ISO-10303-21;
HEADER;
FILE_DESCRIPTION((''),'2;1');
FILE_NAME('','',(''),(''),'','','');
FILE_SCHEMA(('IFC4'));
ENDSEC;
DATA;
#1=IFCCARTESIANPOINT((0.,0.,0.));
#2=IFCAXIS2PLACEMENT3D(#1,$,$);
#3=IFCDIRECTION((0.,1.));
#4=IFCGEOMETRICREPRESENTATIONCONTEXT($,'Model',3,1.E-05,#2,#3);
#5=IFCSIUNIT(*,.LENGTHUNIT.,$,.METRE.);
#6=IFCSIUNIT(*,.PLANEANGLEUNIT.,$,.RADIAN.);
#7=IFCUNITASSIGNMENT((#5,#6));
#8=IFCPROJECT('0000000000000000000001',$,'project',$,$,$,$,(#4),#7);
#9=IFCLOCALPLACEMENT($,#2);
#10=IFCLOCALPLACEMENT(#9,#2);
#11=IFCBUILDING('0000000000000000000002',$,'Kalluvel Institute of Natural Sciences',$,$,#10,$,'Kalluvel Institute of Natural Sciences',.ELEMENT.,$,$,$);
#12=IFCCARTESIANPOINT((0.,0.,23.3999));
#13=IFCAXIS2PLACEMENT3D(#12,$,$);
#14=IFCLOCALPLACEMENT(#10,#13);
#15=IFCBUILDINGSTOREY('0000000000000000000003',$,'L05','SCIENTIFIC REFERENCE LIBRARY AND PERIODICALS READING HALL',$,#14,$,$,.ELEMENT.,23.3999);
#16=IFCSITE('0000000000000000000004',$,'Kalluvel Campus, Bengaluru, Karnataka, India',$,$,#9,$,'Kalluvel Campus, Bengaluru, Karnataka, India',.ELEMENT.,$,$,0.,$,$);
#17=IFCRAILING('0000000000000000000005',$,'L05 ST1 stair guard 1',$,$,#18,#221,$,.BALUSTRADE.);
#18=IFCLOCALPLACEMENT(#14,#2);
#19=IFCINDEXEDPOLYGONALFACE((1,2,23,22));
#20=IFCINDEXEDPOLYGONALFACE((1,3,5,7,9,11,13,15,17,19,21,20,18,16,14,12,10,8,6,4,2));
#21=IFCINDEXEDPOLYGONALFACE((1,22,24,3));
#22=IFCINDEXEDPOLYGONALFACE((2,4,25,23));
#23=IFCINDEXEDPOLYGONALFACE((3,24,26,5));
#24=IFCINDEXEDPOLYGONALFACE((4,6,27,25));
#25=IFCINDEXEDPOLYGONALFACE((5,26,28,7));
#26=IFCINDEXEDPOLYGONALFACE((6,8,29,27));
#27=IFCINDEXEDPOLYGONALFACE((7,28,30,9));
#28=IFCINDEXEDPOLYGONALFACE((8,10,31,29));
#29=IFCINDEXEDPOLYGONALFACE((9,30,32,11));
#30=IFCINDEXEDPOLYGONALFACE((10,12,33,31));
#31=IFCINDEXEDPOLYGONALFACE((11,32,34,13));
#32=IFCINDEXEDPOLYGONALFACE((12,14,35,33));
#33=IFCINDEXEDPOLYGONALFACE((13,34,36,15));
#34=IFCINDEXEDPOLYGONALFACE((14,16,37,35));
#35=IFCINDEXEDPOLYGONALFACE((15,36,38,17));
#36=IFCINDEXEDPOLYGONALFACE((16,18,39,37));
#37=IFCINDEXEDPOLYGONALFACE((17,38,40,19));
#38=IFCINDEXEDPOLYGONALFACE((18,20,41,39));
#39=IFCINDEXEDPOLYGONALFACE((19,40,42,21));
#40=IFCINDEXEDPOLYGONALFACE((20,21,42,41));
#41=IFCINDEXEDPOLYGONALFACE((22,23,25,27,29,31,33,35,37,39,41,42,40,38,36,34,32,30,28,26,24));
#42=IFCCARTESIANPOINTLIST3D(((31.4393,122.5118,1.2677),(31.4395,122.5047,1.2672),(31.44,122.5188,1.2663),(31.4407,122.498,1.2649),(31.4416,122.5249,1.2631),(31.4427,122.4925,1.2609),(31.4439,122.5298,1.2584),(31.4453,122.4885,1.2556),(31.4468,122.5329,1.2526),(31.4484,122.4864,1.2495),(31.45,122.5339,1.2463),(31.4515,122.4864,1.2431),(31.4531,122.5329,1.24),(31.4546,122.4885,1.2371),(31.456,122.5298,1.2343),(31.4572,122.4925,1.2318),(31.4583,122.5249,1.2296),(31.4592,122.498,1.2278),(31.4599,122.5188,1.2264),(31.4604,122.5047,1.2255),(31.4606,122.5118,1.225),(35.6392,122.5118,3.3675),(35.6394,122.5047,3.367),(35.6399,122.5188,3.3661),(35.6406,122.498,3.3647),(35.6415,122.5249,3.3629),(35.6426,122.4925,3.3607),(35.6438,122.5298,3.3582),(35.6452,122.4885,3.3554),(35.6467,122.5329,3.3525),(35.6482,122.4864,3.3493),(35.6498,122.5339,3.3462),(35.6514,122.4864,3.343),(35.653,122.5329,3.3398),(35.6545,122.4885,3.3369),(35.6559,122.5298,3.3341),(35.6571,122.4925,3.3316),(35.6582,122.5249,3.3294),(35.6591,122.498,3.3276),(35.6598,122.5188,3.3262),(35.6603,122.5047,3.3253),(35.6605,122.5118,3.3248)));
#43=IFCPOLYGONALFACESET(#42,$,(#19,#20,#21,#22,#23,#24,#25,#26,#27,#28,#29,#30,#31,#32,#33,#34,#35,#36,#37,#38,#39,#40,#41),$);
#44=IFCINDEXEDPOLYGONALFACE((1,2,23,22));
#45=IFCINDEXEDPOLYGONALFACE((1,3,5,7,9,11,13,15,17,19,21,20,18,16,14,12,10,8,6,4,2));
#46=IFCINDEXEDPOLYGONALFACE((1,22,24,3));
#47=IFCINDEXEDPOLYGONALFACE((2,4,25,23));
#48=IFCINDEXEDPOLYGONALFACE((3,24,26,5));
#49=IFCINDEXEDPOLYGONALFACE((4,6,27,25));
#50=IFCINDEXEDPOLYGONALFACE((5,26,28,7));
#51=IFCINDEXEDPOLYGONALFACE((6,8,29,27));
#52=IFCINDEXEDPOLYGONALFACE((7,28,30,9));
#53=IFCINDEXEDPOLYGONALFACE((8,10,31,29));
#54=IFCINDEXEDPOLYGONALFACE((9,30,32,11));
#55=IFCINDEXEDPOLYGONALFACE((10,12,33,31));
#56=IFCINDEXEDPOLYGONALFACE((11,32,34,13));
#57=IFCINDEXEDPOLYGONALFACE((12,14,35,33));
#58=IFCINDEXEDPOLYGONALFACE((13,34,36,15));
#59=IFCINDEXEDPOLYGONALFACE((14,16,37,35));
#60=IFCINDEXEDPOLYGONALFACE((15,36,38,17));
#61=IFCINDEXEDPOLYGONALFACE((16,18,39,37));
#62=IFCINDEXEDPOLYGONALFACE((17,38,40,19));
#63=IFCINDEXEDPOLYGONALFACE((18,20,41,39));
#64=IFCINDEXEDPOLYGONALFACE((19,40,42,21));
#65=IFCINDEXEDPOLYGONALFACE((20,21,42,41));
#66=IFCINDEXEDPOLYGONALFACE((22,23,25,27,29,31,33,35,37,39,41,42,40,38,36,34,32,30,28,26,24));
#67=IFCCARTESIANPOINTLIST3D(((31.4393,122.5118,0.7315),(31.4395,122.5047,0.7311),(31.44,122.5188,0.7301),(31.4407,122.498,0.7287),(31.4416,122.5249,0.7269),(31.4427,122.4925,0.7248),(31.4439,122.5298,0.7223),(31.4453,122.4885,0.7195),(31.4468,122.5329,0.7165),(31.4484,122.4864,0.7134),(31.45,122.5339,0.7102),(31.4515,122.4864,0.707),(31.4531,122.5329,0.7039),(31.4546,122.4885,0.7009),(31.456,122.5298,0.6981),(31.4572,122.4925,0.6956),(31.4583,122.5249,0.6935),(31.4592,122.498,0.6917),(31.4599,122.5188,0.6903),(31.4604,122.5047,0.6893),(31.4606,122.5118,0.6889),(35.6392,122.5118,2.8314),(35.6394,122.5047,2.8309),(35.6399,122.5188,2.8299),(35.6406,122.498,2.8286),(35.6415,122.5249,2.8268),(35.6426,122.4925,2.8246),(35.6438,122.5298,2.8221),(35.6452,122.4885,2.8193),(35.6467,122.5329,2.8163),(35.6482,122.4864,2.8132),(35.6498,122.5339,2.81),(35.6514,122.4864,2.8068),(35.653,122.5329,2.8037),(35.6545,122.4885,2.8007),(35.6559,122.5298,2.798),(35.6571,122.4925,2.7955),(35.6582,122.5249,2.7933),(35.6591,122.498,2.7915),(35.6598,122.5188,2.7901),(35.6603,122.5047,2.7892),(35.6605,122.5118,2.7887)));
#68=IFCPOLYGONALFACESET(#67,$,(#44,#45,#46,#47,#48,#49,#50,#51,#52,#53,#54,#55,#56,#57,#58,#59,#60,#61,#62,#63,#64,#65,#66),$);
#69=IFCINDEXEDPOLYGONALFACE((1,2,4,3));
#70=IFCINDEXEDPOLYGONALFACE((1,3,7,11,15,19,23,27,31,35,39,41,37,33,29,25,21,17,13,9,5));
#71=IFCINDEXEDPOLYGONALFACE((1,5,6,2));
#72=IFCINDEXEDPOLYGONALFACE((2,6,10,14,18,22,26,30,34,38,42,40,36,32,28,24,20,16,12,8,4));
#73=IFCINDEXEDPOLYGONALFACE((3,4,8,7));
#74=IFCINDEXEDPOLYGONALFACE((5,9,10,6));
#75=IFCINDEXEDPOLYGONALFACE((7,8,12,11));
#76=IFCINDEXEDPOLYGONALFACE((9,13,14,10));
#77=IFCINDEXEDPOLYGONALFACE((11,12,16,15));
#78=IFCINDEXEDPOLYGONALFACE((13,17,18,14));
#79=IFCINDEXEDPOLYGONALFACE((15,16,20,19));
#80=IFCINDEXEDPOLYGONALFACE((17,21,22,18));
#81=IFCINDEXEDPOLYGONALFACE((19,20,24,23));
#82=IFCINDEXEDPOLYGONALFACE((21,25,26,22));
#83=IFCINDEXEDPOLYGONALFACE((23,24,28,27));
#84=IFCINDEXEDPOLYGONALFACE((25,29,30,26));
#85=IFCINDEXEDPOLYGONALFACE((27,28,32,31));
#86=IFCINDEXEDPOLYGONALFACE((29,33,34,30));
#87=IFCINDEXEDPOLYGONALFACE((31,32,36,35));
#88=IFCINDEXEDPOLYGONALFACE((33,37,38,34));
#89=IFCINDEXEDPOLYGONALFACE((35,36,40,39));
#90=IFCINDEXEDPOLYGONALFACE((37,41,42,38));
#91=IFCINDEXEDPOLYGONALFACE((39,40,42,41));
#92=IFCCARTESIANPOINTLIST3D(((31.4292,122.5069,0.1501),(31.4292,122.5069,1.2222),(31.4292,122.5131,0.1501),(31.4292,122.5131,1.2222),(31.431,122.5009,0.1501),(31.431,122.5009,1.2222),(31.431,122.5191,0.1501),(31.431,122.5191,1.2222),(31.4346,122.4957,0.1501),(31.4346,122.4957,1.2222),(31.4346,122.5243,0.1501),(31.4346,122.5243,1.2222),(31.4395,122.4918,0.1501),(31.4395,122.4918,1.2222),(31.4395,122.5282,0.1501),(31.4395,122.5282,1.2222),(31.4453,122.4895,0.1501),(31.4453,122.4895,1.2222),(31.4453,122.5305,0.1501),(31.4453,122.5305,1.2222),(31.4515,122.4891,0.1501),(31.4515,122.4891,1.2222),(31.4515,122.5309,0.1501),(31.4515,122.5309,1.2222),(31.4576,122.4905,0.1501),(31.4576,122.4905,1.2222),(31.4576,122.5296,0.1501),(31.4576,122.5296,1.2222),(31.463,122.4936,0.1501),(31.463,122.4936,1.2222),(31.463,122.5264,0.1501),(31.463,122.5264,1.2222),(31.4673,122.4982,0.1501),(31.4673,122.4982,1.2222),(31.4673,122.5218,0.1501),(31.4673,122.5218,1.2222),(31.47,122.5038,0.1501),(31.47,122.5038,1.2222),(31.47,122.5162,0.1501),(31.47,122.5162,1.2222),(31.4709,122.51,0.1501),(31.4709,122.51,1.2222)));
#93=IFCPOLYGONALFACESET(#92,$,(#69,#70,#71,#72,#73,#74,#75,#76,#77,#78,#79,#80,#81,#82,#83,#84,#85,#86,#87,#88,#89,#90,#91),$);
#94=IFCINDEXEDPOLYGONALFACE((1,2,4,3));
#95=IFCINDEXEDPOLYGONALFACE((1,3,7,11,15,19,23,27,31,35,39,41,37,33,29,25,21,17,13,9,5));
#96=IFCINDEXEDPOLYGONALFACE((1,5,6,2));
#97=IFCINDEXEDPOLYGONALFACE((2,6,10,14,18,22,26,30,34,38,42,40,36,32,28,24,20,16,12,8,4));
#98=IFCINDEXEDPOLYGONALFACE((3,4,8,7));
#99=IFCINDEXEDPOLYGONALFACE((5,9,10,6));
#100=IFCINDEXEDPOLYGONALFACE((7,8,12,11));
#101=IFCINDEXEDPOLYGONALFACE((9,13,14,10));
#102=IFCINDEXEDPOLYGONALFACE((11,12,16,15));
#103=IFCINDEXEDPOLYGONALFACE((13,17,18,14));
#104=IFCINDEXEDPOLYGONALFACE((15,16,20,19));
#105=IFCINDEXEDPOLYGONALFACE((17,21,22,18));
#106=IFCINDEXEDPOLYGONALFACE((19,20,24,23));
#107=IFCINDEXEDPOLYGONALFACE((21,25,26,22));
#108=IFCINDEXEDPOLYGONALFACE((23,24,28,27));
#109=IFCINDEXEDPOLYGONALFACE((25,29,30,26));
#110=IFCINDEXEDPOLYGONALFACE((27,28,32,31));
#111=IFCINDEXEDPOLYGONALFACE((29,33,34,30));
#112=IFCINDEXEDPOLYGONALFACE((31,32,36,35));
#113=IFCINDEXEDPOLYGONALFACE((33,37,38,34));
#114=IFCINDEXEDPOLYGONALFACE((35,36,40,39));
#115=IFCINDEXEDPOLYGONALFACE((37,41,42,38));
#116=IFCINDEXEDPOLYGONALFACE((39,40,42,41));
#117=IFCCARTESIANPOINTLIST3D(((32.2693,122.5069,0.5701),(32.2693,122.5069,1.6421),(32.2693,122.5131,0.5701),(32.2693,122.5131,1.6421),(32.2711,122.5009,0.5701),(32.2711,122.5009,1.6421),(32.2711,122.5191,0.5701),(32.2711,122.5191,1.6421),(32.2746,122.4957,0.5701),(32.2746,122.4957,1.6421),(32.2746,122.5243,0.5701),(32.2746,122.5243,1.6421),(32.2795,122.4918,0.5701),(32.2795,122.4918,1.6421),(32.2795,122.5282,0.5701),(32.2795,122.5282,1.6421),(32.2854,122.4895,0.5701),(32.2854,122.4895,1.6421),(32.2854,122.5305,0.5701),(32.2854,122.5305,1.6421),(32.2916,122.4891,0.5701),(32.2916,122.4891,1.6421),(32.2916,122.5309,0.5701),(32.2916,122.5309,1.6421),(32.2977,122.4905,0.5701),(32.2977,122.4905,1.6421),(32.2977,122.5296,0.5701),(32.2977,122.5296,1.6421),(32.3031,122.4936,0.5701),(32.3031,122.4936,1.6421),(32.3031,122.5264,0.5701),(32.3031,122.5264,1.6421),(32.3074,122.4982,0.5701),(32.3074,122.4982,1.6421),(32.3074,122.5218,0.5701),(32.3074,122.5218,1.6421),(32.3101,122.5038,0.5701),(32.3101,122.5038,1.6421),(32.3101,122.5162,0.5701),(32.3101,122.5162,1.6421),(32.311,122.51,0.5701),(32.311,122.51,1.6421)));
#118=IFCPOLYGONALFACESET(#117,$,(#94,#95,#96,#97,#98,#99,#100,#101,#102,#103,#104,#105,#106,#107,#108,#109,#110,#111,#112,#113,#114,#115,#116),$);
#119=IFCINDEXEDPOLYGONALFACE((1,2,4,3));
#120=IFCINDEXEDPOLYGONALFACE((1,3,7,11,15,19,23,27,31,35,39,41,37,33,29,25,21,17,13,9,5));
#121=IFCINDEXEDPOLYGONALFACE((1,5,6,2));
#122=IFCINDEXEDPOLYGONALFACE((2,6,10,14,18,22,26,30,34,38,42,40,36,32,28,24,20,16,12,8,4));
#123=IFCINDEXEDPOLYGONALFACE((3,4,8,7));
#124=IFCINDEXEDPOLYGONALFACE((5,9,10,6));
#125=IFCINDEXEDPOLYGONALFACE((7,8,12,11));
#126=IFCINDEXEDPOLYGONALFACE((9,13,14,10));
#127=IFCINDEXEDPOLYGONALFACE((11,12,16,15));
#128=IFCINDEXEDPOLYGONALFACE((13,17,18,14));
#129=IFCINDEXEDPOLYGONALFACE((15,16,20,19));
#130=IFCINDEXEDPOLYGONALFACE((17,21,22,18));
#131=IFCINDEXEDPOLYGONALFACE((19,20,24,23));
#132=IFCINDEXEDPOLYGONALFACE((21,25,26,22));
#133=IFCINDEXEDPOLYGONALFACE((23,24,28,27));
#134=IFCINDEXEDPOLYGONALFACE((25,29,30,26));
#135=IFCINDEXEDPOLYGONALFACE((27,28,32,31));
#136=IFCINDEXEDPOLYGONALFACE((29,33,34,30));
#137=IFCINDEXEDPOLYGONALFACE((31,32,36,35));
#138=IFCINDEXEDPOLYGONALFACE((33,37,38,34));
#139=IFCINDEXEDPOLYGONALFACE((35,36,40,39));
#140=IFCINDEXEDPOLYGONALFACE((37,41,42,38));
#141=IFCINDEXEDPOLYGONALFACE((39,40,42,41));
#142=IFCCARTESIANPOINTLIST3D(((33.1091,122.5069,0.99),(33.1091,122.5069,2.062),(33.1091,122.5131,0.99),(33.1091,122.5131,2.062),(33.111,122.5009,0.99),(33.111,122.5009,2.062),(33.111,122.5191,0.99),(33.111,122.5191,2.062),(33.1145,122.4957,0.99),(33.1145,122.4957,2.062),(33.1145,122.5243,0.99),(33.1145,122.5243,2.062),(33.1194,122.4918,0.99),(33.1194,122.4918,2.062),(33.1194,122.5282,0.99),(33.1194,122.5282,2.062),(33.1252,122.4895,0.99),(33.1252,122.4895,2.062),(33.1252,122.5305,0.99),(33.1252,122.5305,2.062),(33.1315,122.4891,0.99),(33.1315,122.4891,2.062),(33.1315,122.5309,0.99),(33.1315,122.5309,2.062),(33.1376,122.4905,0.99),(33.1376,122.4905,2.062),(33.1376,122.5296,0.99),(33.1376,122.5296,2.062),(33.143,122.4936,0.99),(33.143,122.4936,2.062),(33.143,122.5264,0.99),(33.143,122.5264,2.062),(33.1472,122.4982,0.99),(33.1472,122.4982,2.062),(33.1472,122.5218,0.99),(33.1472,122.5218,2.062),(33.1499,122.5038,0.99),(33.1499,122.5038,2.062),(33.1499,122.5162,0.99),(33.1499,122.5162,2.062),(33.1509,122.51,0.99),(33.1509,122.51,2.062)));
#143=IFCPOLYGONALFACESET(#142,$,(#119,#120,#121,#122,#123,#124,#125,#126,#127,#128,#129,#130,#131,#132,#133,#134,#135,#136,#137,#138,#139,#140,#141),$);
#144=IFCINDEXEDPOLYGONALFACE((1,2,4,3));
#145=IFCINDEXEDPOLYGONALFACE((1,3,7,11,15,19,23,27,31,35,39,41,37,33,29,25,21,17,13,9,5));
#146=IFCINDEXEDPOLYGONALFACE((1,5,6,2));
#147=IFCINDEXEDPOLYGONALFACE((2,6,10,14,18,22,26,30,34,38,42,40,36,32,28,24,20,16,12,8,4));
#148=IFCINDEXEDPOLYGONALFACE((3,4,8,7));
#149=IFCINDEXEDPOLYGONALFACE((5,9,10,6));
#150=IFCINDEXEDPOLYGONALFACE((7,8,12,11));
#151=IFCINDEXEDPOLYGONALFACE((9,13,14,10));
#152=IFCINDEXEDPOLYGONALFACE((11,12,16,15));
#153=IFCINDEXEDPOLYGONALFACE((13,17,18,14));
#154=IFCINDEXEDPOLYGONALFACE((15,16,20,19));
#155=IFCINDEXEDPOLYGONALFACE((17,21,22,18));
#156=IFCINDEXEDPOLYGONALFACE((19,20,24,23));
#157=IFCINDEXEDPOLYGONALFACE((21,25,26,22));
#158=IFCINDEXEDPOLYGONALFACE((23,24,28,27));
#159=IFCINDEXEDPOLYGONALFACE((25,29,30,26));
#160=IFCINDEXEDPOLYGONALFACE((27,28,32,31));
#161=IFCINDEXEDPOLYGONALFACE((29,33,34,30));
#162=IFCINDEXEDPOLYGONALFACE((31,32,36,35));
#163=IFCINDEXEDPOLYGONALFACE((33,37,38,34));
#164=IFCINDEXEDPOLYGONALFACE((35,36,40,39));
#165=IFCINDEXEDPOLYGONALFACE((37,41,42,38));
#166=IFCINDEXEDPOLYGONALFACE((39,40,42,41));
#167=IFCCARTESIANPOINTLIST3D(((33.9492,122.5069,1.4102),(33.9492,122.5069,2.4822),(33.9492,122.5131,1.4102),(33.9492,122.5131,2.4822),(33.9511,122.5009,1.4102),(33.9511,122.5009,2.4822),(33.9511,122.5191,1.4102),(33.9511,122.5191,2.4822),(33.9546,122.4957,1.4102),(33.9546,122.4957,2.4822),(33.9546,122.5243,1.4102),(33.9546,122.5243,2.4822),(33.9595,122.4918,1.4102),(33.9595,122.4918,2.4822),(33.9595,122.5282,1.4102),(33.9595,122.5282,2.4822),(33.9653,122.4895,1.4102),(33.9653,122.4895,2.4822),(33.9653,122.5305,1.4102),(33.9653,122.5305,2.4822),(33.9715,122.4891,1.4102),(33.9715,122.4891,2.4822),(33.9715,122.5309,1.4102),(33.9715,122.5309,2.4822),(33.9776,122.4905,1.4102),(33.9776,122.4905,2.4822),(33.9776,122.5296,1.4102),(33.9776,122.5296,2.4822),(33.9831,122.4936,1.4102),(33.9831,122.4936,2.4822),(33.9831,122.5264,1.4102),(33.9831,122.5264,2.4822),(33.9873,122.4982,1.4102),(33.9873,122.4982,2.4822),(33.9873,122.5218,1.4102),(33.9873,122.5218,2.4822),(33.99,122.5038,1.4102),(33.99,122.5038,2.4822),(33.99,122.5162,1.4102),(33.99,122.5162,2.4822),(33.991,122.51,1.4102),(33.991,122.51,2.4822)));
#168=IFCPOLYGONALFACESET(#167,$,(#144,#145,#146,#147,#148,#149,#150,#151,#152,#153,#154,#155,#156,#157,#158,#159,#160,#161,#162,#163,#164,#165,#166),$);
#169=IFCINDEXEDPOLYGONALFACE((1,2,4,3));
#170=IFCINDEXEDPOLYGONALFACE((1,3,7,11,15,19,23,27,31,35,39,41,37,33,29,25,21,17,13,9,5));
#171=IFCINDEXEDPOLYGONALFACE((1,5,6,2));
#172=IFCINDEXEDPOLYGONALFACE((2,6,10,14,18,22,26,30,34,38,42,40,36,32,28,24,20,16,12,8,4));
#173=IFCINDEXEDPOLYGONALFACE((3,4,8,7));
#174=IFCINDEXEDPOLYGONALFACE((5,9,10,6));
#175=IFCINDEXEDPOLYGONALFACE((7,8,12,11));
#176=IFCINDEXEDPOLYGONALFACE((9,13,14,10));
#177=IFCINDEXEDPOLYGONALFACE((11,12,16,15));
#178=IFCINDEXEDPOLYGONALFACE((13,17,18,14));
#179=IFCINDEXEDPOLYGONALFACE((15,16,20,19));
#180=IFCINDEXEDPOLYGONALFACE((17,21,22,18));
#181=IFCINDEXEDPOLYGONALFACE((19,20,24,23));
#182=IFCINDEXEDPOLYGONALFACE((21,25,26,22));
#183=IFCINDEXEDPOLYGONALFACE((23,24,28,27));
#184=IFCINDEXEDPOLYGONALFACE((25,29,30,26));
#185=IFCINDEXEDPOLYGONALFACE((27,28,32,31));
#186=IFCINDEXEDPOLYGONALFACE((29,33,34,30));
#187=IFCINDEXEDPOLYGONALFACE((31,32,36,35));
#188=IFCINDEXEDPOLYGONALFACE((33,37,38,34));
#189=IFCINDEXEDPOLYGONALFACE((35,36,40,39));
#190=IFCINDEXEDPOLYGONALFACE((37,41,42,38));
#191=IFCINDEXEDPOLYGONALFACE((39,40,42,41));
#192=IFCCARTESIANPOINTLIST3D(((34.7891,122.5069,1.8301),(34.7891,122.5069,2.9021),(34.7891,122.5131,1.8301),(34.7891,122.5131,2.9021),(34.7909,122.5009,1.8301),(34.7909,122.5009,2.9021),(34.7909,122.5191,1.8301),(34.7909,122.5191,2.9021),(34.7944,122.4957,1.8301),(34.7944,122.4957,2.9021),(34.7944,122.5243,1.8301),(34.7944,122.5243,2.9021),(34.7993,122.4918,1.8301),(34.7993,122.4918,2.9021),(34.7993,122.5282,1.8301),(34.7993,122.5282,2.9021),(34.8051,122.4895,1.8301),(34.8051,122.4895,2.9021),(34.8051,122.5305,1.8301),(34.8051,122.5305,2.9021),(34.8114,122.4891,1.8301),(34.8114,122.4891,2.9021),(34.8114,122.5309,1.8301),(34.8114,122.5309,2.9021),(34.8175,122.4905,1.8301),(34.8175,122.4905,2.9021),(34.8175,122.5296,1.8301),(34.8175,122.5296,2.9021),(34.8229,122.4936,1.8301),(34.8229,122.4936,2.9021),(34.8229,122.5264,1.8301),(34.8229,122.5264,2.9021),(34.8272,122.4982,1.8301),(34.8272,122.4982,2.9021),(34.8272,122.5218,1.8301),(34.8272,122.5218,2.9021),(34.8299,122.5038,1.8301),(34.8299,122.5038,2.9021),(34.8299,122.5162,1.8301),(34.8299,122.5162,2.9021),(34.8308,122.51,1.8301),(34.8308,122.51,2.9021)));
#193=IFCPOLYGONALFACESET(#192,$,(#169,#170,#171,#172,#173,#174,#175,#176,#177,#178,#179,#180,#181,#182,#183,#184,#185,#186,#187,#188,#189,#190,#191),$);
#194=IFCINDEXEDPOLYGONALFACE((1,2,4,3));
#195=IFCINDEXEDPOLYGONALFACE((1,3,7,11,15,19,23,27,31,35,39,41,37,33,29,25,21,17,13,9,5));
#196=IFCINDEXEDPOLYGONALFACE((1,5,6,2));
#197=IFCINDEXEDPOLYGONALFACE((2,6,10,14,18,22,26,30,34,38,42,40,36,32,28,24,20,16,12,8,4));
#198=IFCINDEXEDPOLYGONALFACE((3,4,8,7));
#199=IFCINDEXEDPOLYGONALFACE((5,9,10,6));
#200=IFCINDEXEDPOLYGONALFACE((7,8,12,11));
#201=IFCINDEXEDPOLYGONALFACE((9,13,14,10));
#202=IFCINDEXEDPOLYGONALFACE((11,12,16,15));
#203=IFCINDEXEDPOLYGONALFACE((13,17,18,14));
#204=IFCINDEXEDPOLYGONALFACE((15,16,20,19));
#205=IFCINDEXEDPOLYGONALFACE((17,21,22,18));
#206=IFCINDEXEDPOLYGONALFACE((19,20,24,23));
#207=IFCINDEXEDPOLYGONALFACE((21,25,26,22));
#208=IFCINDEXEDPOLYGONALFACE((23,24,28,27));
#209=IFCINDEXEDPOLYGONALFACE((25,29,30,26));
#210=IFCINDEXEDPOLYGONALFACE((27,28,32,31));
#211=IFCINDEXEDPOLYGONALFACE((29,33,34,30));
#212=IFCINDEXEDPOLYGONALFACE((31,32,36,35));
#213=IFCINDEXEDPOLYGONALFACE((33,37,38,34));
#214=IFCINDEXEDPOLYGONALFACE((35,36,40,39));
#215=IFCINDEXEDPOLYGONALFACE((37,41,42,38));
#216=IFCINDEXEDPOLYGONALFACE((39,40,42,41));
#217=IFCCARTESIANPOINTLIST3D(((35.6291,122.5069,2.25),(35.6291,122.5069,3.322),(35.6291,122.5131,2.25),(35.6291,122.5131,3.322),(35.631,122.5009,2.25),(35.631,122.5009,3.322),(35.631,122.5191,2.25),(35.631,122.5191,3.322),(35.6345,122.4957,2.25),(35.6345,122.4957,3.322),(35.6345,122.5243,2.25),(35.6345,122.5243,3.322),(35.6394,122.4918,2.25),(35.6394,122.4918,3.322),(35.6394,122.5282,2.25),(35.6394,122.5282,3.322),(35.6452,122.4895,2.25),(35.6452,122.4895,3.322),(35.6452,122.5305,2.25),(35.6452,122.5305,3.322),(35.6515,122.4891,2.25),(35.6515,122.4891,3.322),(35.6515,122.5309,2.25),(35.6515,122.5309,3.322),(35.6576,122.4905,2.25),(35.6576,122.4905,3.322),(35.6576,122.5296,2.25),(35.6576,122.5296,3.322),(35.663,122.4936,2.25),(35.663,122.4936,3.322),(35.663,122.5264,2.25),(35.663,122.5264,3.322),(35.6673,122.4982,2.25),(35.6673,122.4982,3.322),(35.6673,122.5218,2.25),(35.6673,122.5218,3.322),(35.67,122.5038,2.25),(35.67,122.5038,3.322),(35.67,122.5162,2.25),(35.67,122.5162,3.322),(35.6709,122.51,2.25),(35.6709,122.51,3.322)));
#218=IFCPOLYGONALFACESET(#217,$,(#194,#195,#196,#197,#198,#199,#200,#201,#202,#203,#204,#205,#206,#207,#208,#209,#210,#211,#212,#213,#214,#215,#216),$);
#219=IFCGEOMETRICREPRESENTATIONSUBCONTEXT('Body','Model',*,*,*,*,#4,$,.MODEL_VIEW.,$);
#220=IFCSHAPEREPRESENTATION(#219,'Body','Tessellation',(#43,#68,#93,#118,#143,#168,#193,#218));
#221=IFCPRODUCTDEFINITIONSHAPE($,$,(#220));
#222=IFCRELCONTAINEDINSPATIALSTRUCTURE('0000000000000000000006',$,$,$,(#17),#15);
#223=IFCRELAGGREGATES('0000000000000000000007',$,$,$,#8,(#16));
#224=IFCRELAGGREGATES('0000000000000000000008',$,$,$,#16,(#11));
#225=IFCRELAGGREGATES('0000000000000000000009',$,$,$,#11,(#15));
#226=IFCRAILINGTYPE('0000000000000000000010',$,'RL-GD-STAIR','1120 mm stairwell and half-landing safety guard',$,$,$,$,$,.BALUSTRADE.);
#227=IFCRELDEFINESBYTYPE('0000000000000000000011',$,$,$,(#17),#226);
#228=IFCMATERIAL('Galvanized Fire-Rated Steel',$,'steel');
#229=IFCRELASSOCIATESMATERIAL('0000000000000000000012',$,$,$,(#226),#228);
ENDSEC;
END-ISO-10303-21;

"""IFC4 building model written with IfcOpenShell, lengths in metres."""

from ifc_helpers import new_model, si_unit, direction, frame, origin, origin_2d, place, context, subcontext, project, spatial, circle, extrude, material, type_object, element, save


model = new_model("IFC4")

# Units and contexts
model_context = context("Model", 3, precision=1e-05, world=origin(), true_north=direction((0.0, 1.0)))
body_context = subcontext(model_context, "Body", "Model", "MODEL_VIEW")
ifc_project = project(units=[si_unit("LENGTHUNIT", "METRE"), si_unit("PLANEANGLEUNIT", "RADIAN")], contexts=[model_context])

# Site, building, storey
site_placement = place(None, origin())
site = spatial("IfcSite", under=ifc_project, at=site_placement, Name="Kalluvel Campus, Bengaluru, Karnataka, India", LongName="Kalluvel Campus, Bengaluru, Karnataka, India", CompositionType="ELEMENT", RefElevation=0.0)
building_placement = place(site_placement, origin())
building = spatial("IfcBuilding", under=site, at=building_placement, Name="Kalluvel Institute of Natural Sciences", LongName="Kalluvel Institute of Natural Sciences", CompositionType="ELEMENT")
storey_placement = place(building_placement, frame((0.0, 0.0, 23.3999)))
storey = spatial("IfcBuildingStorey", under=building, at=storey_placement, Name="L05", Description="SCIENTIFIC REFERENCE LIBRARY AND PERIODICALS READING HALL", CompositionType="ELEMENT", Elevation=23.3999)

# Railing
ifc_material_1 = material(Name="Galvanized Fire-Rated Steel", Category="steel")
railing_type_1 = type_object("IfcRailingType", Name="RL-GD-STAIR", Description="1120 mm stairwell and half-landing safety guard", PredefinedType="BALUSTRADE", material=ifc_material_1)
railing_1_placement = place(storey_placement, frame((31.45, 122.51, 0.1501)))
element("IfcRailing", 1, at=railing_1_placement, inside=storey, type_object=railing_type_1, Name="L05 ST1 stair guard 1", PredefinedType="BALUSTRADE", context=body_context, shape_type="SweptSolid", body=[
    extrude(circle(Radius=0.0239, at=origin_2d()), frame((0.0, 0.0, 1.0962), z_axis=(0.894438, 0.0, 0.447193), x_axis=(0.0, 1.0, 0.0)), (0.0, 0.0, 1.0), 4.6956),
    extrude(circle(Radius=0.0239, at=origin_2d()), frame((0.0, 0.0, 0.5601), z_axis=(0.894438, 0.0, 0.447193), x_axis=(0.0, 1.0, 0.0)), (0.0, 0.0, 1.0), 4.6956),
    extrude(circle(Radius=0.021, at=origin_2d()), origin(), (0.0, 0.0, 1.0), 1.072),
    extrude(circle(Radius=0.021, at=origin_2d()), frame((0.8401, 0.0, 0.4199)), (0.0, 0.0, 1.0), 1.072),
    extrude(circle(Radius=0.021, at=origin_2d()), frame((1.6799, 0.0, 0.8398)), (0.0, 0.0, 1.0), 1.072),
    extrude(circle(Radius=0.021, at=origin_2d()), frame((2.52, 0.0, 1.26)), (0.0, 0.0, 1.0), 1.072),
    extrude(circle(Radius=0.021, at=origin_2d()), frame((3.3599, 0.0, 1.6799)), (0.0, 0.0, 1.0), 1.072),
    extrude(circle(Radius=0.021, at=origin_2d()), frame((4.2, 0.0, 2.0999)), (0.0, 0.0, 1.0), 1.072),
])

save(model, "model.ifc")
